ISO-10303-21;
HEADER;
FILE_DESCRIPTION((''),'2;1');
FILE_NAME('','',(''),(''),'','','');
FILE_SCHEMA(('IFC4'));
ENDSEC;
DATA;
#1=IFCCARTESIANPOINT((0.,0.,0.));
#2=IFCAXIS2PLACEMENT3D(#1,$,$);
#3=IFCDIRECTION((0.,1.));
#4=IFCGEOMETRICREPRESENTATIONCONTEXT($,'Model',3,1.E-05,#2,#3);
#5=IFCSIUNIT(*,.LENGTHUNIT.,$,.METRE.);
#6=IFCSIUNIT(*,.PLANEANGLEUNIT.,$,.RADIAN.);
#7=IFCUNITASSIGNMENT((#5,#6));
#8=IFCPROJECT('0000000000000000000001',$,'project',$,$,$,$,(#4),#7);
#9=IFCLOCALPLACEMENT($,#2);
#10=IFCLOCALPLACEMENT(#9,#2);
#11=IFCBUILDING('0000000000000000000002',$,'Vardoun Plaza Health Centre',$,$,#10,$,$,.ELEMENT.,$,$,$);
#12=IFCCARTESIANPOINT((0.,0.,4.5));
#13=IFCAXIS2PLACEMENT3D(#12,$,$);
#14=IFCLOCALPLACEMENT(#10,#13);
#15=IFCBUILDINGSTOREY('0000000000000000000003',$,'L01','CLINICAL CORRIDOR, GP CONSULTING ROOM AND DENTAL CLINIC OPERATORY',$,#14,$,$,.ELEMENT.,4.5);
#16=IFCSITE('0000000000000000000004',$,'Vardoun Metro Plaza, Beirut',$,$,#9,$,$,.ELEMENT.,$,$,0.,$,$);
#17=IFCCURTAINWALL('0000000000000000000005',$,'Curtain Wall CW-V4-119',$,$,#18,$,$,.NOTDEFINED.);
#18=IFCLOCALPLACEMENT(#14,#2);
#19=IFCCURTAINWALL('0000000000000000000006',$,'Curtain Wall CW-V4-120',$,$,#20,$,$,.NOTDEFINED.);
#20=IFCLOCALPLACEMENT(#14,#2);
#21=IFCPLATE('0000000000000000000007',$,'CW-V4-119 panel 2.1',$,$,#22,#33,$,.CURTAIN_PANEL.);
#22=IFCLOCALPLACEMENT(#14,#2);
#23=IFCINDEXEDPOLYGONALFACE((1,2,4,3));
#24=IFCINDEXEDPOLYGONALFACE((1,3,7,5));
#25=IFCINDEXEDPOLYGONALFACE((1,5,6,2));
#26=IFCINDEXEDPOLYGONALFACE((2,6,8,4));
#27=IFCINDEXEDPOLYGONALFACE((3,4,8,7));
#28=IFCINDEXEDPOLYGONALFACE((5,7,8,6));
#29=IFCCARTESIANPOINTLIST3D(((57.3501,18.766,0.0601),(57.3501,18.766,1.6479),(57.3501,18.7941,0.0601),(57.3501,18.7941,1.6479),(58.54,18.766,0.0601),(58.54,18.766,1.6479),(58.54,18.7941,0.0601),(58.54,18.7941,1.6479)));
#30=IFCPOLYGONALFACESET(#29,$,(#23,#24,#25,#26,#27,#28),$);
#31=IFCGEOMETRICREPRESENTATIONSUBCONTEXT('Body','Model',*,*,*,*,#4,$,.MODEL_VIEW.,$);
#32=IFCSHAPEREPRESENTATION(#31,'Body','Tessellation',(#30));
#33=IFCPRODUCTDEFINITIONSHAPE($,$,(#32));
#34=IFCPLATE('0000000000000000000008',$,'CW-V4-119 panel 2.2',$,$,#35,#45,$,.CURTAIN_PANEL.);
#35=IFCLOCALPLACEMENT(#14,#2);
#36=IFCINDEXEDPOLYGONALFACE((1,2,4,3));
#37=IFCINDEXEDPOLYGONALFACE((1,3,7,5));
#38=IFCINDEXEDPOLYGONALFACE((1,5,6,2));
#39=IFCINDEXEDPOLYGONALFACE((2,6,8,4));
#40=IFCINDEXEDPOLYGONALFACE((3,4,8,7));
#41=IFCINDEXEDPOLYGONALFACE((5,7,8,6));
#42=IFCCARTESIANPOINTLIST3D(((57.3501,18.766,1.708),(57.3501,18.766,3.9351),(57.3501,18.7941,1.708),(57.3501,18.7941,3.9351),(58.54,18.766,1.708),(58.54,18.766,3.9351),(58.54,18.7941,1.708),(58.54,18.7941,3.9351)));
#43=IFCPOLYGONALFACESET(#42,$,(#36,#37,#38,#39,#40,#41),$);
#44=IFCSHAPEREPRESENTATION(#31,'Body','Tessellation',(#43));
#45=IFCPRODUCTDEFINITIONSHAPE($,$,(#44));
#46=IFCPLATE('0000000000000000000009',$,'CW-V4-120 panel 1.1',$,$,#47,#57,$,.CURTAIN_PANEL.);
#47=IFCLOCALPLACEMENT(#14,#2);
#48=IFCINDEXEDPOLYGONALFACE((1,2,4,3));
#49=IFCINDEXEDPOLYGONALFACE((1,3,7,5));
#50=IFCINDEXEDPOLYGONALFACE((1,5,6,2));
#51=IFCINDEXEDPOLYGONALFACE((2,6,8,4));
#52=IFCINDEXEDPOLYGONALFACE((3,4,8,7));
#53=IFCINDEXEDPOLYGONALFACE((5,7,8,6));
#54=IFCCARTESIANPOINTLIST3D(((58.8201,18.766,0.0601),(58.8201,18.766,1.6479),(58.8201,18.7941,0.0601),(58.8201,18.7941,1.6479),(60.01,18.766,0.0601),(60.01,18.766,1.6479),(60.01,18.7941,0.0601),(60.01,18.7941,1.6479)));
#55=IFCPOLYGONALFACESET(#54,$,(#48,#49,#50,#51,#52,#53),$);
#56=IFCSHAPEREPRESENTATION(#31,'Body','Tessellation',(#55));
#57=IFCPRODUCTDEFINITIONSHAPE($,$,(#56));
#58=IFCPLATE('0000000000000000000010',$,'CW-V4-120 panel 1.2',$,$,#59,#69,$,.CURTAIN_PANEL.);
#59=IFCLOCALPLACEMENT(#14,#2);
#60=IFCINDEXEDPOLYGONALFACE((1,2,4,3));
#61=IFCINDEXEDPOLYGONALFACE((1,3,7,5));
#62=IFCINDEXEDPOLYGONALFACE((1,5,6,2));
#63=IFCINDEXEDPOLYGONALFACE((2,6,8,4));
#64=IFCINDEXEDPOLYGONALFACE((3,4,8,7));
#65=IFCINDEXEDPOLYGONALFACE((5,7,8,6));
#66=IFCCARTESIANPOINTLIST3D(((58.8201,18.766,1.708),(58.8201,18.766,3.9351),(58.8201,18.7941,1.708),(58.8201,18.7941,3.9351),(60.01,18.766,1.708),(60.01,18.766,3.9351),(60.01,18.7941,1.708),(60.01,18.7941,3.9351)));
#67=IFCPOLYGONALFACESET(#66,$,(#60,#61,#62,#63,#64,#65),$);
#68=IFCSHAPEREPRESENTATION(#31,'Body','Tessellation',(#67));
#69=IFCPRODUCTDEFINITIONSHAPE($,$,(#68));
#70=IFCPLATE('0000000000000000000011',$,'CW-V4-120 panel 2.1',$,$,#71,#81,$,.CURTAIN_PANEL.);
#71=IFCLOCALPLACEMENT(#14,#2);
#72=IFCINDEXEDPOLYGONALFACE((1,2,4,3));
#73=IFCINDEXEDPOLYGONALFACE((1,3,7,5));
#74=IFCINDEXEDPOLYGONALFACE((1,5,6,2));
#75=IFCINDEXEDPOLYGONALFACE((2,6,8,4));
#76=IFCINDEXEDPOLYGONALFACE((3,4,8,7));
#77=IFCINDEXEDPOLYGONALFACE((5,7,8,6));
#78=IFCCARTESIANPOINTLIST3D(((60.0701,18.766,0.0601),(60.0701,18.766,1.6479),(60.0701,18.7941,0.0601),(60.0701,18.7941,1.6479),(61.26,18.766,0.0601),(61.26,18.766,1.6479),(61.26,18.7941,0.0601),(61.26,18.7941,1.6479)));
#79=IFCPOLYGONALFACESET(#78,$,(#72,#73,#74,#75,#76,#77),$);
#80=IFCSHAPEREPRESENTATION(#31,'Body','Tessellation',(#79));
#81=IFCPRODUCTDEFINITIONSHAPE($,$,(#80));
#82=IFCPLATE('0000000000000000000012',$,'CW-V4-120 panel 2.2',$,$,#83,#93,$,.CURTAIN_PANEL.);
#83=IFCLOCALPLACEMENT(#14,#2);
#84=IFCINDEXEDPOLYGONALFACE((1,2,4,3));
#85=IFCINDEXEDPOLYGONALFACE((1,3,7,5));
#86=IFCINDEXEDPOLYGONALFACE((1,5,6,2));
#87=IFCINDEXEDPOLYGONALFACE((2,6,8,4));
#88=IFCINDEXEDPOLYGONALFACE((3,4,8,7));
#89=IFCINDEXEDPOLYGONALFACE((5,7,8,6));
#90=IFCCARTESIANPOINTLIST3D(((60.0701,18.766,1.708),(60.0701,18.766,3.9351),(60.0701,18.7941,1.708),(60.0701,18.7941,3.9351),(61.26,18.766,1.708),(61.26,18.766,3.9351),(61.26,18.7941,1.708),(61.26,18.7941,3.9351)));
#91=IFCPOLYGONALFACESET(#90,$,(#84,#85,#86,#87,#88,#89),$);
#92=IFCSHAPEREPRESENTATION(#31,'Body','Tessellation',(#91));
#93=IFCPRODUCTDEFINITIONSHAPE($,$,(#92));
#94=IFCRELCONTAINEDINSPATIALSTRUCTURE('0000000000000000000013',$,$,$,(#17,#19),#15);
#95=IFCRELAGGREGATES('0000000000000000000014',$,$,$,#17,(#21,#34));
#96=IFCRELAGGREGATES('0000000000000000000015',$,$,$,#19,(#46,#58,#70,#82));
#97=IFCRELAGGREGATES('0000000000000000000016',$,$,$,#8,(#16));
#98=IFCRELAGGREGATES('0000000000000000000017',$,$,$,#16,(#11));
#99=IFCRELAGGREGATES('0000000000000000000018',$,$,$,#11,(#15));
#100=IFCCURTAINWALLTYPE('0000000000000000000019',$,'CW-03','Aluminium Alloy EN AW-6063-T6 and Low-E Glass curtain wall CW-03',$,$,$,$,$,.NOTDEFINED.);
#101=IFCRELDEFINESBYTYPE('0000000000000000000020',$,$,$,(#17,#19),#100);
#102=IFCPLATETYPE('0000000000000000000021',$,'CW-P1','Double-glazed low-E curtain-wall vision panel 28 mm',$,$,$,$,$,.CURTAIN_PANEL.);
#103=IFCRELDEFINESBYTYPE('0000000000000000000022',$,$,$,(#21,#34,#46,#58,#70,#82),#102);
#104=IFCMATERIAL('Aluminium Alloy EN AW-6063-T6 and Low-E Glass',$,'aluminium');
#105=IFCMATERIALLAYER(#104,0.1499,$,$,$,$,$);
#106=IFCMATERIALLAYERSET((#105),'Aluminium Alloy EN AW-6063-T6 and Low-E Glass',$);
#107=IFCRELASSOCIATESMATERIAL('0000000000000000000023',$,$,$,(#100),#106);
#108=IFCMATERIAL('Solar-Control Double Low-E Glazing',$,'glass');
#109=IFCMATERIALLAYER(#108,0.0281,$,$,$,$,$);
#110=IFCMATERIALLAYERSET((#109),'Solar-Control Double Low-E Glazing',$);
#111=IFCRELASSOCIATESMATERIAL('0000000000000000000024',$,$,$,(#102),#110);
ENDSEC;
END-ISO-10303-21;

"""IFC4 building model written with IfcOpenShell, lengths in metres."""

from ifc_helpers import new_model, si_unit, direction, frame, origin, origin_2d, place, context, subcontext, project, spatial, rectangle, extrude, material, layer, layer_set, type_object, element, aggregate, save


model = new_model("IFC4")

# Units and contexts
model_context = context("Model", 3, precision=1e-05, world=origin(), true_north=direction((0.0, 1.0)))
body_context = subcontext(model_context, "Body", "Model", "MODEL_VIEW")
ifc_project = project(units=[si_unit("LENGTHUNIT", "METRE"), si_unit("PLANEANGLEUNIT", "RADIAN")], contexts=[model_context])

# Site, building, storey
site_placement = place(None, origin())
site = spatial("IfcSite", under=ifc_project, at=site_placement, Name="Vardoun Metro Plaza, Beirut", CompositionType="ELEMENT", RefElevation=0.0)
building_placement = place(site_placement, origin())
building = spatial("IfcBuilding", under=site, at=building_placement, Name="Vardoun Plaza Health Centre", CompositionType="ELEMENT")
storey_placement = place(building_placement, frame((0.0, 0.0, 4.5)))
storey = spatial("IfcBuildingStorey", under=building, at=storey_placement, Name="L01", Description="CLINICAL CORRIDOR, GP CONSULTING ROOM AND DENTAL CLINIC OPERATORY", CompositionType="ELEMENT", Elevation=4.5)

# Curtain wall
ifc_material_1 = material(Name="Aluminium Alloy EN AW-6063-T6 and Low-E Glass", Category="aluminium")
ifc_layer_1 = layer(ifc_material_1, 0.1499)
ifc_layer_set_1 = layer_set([ifc_layer_1], Name="Aluminium Alloy EN AW-6063-T6 and Low-E Glass")
curtain_wall_type = type_object("IfcCurtainWallType", Name="CW-03", Description="Aluminium Alloy EN AW-6063-T6 and Low-E Glass curtain wall CW-03", PredefinedType="NOTDEFINED", material=ifc_layer_set_1)
curtain_wall_1_placement = place(storey_placement, origin())
curtain_wall_1 = element("IfcCurtainWall", 1, at=curtain_wall_1_placement, inside=storey, type_object=curtain_wall_type, Name="Curtain Wall CW-V4-119", PredefinedType="NOTDEFINED")

# Curtain wall
curtain_wall_2_placement = place(storey_placement, origin())
curtain_wall_2 = element("IfcCurtainWall", 2, at=curtain_wall_2_placement, inside=storey, type_object=curtain_wall_type, Name="Curtain Wall CW-V4-120", PredefinedType="NOTDEFINED")

# Plates
ifc_material_2 = material(Name="Solar-Control Double Low-E Glazing", Category="glass")
ifc_layer_2 = layer(ifc_material_2, 0.0281)
ifc_layer_set_2 = layer_set([ifc_layer_2], Name="Solar-Control Double Low-E Glazing")
plate_type = type_object("IfcPlateType", Name="CW-P1", Description="Double-glazed low-E curtain-wall vision panel 28 mm", PredefinedType="CURTAIN_PANEL", material=ifc_layer_set_2)
plate_1_placement = place(storey_placement, frame((57.9451, 18.78, 0.0601), z_axis=(0.0, 0.0, 1.0), x_axis=(1.0, 0.0, 0.0)))
plate_1 = element("IfcPlate", 3, at=plate_1_placement, type_object=plate_type, Name="CW-V4-119 panel 2.1", PredefinedType="CURTAIN_PANEL", context=body_context, shape_type="SweptSolid", body=[
    extrude(rectangle(XDim=1.1899, YDim=0.0281, at=origin_2d()), origin(), (0.0, 0.0, 1.0), 1.5879),
])
plate_2_placement = place(storey_placement, frame((57.9451, 18.78, 1.708), z_axis=(0.0, 0.0, 1.0), x_axis=(1.0, 0.0, 0.0)))
plate_2 = element("IfcPlate", 4, at=plate_2_placement, type_object=plate_type, Name="CW-V4-119 panel 2.2", PredefinedType="CURTAIN_PANEL", context=body_context, shape_type="SweptSolid", body=[
    extrude(rectangle(XDim=1.1899, YDim=0.0281, at=origin_2d()), origin(), (0.0, 0.0, 1.0), 2.2271),
])
aggregate(curtain_wall_1, [plate_1, plate_2])
plate_3_placement = place(storey_placement, frame((59.415, 18.78, 0.0601), z_axis=(0.0, 0.0, 1.0), x_axis=(1.0, 0.0, 0.0)))
plate_3 = element("IfcPlate", 5, at=plate_3_placement, type_object=plate_type, Name="CW-V4-120 panel 1.1", PredefinedType="CURTAIN_PANEL", context=body_context, shape_type="SweptSolid", body=[
    extrude(rectangle(XDim=1.1899, YDim=0.0281, at=origin_2d()), origin(), (0.0, 0.0, 1.0), 1.5879),
])
plate_4_placement = place(storey_placement, frame((59.415, 18.78, 1.708), z_axis=(0.0, 0.0, 1.0), x_axis=(1.0, 0.0, 0.0)))
plate_4 = element("IfcPlate", 6, at=plate_4_placement, type_object=plate_type, Name="CW-V4-120 panel 1.2", PredefinedType="CURTAIN_PANEL", context=body_context, shape_type="SweptSolid", body=[
    extrude(rectangle(XDim=1.1899, YDim=0.0281, at=origin_2d()), origin(), (0.0, 0.0, 1.0), 2.2271),
])
plate_5_placement = place(storey_placement, frame((60.665, 18.78, 0.0601), z_axis=(0.0, 0.0, 1.0), x_axis=(1.0, 0.0, 0.0)))
plate_5 = element("IfcPlate", 7, at=plate_5_placement, type_object=plate_type, Name="CW-V4-120 panel 2.1", PredefinedType="CURTAIN_PANEL", context=body_context, shape_type="SweptSolid", body=[
    extrude(rectangle(XDim=1.1899, YDim=0.0281, at=origin_2d()), origin(), (0.0, 0.0, 1.0), 1.5879),
])
plate_6_placement = place(storey_placement, frame((60.665, 18.78, 1.708), z_axis=(0.0, 0.0, 1.0), x_axis=(1.0, 0.0, 0.0)))
plate_6 = element("IfcPlate", 8, at=plate_6_placement, type_object=plate_type, Name="CW-V4-120 panel 2.2", PredefinedType="CURTAIN_PANEL", context=body_context, shape_type="SweptSolid", body=[
    extrude(rectangle(XDim=1.1899, YDim=0.0281, at=origin_2d()), origin(), (0.0, 0.0, 1.0), 2.2271),
])
aggregate(curtain_wall_2, [plate_3, plate_4, plate_5, plate_6])

save(model, "model.ifc")
